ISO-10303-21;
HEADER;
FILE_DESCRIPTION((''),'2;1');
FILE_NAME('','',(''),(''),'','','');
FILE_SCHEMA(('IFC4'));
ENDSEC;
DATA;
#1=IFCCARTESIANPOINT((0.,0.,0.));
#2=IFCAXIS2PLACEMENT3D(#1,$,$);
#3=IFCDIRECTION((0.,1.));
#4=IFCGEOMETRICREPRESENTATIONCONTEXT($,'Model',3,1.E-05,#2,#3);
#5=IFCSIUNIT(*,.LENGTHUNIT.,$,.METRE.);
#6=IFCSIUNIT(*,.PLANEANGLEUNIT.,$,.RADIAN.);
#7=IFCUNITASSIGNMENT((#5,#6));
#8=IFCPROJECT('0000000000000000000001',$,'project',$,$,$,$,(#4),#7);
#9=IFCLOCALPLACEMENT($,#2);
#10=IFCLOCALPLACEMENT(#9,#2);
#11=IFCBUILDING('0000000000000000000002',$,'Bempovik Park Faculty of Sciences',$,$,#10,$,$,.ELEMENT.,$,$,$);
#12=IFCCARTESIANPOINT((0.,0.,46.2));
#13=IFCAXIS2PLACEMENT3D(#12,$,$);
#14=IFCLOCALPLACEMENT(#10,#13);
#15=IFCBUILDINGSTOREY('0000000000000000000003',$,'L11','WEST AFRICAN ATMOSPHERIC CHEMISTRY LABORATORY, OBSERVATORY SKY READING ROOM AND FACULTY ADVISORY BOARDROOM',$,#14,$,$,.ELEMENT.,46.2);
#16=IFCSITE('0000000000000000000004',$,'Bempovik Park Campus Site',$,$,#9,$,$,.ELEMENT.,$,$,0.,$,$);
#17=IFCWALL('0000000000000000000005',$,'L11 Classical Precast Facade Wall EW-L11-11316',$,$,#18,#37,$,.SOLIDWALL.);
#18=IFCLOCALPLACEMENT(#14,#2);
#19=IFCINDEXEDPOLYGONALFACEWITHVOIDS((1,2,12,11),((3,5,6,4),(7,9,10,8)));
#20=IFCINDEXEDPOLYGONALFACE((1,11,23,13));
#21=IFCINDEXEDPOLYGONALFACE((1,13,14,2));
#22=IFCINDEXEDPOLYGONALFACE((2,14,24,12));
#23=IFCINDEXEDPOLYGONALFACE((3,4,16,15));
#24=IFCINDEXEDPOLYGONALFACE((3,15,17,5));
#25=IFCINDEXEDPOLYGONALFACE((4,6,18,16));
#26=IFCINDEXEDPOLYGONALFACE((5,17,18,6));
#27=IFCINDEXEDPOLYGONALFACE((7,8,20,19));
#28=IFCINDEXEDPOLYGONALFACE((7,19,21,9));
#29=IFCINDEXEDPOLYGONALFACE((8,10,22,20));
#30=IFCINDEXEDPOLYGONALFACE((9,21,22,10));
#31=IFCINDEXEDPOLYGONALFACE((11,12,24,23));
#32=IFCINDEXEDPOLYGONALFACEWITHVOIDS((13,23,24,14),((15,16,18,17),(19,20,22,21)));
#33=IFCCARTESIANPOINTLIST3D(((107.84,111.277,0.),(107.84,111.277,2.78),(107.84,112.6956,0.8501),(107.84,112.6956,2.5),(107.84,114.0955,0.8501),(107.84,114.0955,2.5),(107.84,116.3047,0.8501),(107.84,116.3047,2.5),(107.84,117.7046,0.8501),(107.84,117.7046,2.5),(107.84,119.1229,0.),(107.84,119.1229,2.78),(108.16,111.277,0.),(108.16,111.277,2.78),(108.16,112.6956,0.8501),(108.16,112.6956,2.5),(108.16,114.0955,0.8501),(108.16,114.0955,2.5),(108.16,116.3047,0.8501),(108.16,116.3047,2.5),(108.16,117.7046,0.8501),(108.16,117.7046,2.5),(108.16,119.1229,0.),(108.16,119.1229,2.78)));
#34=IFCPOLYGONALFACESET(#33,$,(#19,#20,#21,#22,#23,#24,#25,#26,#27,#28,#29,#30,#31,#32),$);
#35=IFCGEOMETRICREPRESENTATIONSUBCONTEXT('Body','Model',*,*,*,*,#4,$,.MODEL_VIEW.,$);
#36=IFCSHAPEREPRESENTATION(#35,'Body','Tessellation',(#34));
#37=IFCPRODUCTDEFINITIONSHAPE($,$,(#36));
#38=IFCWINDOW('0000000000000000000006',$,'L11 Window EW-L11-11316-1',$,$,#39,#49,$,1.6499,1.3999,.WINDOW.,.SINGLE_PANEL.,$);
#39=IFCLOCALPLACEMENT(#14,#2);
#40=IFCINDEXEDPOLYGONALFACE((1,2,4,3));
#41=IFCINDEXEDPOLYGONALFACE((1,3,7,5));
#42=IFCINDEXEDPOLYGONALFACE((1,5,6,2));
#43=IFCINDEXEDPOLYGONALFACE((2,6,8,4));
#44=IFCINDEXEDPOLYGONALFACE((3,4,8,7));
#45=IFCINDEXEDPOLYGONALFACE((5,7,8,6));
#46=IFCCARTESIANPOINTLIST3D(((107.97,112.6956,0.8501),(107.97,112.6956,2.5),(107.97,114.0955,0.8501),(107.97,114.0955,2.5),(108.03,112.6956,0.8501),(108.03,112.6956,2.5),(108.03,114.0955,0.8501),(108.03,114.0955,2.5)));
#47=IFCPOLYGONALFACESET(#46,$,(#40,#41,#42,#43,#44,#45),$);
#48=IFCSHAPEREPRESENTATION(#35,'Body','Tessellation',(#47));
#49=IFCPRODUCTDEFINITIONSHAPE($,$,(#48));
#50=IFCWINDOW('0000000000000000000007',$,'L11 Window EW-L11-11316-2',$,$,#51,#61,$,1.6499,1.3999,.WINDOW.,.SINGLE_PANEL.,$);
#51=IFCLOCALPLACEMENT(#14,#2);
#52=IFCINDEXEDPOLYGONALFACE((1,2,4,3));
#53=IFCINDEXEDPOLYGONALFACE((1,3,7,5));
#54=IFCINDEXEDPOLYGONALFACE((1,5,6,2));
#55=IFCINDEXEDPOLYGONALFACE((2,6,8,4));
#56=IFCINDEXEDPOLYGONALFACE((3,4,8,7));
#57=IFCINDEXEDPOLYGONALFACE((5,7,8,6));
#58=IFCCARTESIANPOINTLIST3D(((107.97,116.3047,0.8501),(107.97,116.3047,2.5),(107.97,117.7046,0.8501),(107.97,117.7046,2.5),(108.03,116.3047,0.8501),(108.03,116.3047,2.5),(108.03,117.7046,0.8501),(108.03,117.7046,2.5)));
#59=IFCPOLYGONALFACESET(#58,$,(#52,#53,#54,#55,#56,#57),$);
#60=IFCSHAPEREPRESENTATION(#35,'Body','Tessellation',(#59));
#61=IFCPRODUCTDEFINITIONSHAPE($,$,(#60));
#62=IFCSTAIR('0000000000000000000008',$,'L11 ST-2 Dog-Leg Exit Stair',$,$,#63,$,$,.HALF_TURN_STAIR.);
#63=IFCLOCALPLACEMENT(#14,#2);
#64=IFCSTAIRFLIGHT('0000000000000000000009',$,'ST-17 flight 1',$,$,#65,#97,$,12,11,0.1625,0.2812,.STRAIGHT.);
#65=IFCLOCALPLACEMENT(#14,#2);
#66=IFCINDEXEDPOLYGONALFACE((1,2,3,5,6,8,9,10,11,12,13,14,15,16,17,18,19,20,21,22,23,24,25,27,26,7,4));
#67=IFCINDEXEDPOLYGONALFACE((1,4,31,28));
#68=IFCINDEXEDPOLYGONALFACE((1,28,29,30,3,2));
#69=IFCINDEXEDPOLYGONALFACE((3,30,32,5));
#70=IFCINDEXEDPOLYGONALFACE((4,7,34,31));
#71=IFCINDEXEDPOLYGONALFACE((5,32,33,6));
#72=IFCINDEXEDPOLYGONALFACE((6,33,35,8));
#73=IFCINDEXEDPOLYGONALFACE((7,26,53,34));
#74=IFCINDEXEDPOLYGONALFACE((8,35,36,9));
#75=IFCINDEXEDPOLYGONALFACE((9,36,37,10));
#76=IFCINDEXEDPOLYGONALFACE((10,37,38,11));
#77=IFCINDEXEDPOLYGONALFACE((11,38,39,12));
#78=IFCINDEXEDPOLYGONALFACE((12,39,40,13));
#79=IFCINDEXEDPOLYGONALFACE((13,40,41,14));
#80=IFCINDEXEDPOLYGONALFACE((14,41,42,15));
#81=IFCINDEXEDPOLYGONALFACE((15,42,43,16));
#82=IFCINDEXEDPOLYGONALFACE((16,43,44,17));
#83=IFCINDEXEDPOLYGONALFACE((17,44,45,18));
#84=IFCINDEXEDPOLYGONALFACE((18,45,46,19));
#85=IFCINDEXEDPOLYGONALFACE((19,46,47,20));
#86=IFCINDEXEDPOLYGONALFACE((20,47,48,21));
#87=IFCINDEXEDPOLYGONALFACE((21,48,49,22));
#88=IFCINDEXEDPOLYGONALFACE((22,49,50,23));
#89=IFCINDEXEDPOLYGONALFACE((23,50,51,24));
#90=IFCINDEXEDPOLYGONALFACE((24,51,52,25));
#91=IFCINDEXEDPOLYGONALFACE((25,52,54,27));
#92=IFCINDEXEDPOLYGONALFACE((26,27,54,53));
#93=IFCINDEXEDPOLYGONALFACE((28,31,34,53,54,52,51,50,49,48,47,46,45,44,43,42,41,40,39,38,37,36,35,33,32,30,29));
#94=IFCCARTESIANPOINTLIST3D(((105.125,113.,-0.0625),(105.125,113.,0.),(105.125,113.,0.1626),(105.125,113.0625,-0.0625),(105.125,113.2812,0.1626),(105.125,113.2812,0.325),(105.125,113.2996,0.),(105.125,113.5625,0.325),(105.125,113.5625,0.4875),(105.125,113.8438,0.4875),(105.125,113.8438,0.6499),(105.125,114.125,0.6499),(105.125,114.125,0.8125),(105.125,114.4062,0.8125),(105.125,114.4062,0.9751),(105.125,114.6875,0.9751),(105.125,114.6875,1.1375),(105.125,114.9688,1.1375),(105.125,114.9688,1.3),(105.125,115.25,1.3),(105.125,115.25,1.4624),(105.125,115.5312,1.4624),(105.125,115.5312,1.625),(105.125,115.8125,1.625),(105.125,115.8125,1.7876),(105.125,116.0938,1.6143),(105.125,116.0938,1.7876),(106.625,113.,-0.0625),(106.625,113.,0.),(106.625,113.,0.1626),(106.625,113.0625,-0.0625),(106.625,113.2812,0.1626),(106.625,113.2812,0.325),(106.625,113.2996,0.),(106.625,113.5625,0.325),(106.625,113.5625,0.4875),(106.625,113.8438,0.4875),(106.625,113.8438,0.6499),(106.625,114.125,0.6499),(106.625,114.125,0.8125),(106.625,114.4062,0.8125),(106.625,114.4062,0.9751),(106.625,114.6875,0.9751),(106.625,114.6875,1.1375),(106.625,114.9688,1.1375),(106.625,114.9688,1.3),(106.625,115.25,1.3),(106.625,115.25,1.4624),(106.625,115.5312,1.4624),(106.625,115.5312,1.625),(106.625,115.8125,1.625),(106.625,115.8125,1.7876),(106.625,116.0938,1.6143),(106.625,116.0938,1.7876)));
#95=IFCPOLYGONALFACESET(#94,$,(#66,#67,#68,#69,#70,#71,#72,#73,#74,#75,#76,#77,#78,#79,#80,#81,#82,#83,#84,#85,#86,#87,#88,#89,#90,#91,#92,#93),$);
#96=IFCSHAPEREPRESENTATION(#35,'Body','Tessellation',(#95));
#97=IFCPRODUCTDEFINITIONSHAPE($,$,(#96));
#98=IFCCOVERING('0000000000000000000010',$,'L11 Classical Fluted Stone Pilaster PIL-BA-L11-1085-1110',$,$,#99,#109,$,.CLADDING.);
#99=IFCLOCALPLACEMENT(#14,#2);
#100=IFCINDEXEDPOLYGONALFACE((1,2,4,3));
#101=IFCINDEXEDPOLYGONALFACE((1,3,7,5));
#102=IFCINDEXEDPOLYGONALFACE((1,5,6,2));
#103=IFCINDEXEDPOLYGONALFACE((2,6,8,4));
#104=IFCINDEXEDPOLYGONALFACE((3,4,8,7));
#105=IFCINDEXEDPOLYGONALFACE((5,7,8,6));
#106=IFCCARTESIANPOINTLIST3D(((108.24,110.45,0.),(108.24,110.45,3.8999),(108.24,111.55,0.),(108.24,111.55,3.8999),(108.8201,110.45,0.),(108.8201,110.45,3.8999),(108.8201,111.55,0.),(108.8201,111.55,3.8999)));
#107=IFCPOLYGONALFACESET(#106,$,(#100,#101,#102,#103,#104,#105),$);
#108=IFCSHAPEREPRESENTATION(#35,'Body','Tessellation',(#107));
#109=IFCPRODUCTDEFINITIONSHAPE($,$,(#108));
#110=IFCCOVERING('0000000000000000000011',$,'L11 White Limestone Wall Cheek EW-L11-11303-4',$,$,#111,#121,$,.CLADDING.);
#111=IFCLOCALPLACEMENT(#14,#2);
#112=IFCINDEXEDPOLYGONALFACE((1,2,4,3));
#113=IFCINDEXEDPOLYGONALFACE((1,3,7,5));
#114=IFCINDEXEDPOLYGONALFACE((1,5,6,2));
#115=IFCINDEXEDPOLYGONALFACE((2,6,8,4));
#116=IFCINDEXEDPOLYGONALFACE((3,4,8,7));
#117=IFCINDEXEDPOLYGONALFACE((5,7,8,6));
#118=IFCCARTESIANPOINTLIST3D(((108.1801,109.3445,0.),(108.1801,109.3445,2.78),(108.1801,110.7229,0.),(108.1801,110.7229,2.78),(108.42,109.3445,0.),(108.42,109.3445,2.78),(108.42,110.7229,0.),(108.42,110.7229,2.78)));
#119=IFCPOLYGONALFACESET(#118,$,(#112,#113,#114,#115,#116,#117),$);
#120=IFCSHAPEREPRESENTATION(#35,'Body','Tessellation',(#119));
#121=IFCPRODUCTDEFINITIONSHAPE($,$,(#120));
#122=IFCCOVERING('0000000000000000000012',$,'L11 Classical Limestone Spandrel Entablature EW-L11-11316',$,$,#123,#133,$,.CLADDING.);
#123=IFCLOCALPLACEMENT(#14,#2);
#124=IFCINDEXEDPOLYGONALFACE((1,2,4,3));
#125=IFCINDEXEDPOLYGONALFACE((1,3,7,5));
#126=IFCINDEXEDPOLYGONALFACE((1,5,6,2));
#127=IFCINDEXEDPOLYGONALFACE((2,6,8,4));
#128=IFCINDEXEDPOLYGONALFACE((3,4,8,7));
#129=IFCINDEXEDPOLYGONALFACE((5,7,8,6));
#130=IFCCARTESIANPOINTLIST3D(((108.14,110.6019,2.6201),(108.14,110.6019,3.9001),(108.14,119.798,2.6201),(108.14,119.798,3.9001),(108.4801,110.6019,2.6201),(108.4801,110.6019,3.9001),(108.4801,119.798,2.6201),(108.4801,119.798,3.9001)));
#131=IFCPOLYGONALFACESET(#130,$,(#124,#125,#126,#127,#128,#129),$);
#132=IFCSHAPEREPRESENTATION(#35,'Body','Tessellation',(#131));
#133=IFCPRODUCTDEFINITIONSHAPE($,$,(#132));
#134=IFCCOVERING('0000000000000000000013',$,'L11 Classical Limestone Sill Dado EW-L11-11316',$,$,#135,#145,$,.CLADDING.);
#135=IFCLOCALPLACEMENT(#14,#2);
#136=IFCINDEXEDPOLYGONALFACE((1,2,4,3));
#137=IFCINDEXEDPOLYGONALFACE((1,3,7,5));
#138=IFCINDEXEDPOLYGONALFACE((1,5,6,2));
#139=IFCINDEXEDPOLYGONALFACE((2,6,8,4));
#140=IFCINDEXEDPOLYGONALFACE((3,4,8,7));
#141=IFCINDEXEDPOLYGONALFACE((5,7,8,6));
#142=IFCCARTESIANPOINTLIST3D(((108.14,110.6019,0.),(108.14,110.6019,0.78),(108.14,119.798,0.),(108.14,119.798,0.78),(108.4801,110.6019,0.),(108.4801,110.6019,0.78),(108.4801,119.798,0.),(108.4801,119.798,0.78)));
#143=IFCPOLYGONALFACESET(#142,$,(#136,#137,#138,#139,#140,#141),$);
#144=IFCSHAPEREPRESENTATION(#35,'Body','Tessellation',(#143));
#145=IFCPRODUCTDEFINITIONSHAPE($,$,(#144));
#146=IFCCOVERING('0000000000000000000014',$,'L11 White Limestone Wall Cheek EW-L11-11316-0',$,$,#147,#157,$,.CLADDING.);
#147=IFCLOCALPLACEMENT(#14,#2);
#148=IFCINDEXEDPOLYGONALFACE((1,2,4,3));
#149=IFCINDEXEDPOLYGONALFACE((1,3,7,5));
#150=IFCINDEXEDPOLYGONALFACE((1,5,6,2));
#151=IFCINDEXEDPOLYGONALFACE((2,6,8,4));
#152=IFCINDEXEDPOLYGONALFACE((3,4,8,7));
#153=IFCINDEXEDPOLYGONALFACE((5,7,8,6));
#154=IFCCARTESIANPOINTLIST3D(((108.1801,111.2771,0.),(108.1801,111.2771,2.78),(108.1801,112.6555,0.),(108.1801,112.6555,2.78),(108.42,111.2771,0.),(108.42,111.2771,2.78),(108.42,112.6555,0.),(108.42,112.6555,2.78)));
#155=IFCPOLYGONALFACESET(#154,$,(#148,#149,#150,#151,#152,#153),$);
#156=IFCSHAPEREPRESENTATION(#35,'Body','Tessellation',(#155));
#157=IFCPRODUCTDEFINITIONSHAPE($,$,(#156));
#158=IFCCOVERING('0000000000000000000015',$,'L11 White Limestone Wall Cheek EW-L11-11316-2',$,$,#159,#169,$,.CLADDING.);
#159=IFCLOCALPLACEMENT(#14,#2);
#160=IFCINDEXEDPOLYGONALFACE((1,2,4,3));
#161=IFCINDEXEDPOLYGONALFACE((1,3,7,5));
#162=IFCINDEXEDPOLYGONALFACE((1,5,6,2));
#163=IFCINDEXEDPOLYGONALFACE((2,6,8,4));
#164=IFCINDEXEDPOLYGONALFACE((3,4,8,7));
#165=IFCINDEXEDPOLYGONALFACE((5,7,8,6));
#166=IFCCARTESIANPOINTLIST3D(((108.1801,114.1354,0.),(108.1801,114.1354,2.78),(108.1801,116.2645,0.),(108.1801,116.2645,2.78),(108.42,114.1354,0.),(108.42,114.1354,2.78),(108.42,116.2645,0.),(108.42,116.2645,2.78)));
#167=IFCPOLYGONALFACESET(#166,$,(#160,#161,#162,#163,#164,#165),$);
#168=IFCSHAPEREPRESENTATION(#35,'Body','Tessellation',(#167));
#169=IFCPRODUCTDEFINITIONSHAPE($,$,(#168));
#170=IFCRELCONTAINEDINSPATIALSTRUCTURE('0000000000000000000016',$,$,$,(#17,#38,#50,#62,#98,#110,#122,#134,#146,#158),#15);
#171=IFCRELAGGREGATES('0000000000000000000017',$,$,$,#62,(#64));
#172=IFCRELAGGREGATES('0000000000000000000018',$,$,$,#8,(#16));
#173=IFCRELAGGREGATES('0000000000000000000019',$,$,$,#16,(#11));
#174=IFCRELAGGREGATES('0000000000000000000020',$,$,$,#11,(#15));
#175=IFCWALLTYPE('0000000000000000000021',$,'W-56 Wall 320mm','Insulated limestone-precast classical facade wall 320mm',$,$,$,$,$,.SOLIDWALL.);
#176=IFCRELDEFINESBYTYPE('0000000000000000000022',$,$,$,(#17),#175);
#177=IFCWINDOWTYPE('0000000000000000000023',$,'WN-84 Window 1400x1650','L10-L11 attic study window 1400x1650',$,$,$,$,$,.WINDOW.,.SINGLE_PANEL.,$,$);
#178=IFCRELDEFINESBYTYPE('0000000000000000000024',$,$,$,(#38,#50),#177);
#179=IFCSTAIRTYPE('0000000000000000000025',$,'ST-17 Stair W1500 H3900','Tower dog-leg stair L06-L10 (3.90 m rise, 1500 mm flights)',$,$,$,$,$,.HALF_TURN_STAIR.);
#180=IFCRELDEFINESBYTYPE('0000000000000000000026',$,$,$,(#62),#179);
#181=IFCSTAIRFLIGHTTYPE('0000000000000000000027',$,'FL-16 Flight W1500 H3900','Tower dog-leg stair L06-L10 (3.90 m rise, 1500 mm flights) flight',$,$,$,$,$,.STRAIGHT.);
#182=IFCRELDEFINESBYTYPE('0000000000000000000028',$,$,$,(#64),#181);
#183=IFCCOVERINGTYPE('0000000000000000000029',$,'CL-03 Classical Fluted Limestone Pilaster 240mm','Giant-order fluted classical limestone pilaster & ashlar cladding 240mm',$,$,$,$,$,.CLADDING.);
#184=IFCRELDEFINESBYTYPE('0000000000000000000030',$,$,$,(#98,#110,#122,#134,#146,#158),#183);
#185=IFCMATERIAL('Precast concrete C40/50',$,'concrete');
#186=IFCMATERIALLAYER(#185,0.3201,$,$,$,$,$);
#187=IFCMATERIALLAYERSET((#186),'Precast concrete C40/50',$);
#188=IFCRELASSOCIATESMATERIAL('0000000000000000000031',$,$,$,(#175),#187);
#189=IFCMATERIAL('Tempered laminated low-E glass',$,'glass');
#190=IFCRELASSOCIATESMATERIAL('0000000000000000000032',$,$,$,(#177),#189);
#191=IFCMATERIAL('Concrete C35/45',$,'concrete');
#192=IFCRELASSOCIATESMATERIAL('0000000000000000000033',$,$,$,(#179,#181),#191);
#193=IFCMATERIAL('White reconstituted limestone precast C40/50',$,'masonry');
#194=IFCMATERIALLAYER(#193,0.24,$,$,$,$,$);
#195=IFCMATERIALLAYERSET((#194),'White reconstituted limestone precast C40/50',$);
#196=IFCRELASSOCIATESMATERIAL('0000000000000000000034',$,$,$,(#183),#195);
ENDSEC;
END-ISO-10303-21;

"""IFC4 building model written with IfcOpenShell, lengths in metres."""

from ifc_helpers import new_model, si_unit, direction, frame, frame_2d, origin, origin_2d, place, context, subcontext, project, spatial, polyline, rectangle, outline, extrude, material, layer, layer_set, type_object, element, fill, aggregate, save


model = new_model("IFC4")

# Units and contexts
model_context = context("Model", 3, precision=1e-05, world=origin(), true_north=direction((0.0, 1.0)))
body_context = subcontext(model_context, "Body", "Model", "MODEL_VIEW")
ifc_project = project(units=[si_unit("LENGTHUNIT", "METRE"), si_unit("PLANEANGLEUNIT", "RADIAN")], contexts=[model_context])

# Site, building, storey
site_placement = place(None, origin())
site = spatial("IfcSite", under=ifc_project, at=site_placement, Name="Bempovik Park Campus Site", CompositionType="ELEMENT", RefElevation=0.0)
building_placement = place(site_placement, origin())
building = spatial("IfcBuilding", under=site, at=building_placement, Name="Bempovik Park Faculty of Sciences", CompositionType="ELEMENT")
storey_placement = place(building_placement, frame((0.0, 0.0, 46.2)))
storey = spatial("IfcBuildingStorey", under=building, at=storey_placement, Name="L11", Description="WEST AFRICAN ATMOSPHERIC CHEMISTRY LABORATORY, OBSERVATORY SKY READING ROOM AND FACULTY ADVISORY BOARDROOM", CompositionType="ELEMENT", Elevation=46.2)

# Shared definitions
ifc_material_1 = material(Name="Concrete C35/45", Category="concrete")

# Wall, openings, windows
ifc_material_2 = material(Name="Precast concrete C40/50", Category="concrete")
ifc_layer_1 = layer(ifc_material_2, 0.3201)
ifc_layer_set_1 = layer_set([ifc_layer_1], Name="Precast concrete C40/50")
wall_type_1 = type_object("IfcWallType", Name="W-56 Wall 320mm", Description="Insulated limestone-precast classical facade wall 320mm", PredefinedType="SOLIDWALL", material=ifc_layer_set_1)
wall_1_placement = place(storey_placement, frame((108.0, 111.2771, 0.0), z_axis=(0.0, 0.0, 1.0), x_axis=(0.0, 1.0, 0.0)))
wall_1 = element("IfcWall", 1, at=wall_1_placement, inside=storey, type_object=wall_type_1, Name="L11 Classical Precast Facade Wall EW-L11-11316", PredefinedType="SOLIDWALL", context=body_context, shape_type="SweptSolid", body=[
    extrude(rectangle(XDim=7.8459, YDim=0.3201, at=frame_2d((3.9229, 0.0))), origin(), (0.0, 0.0, 1.0), 2.78),
])
opening_1_placement = place(wall_1_placement, frame((1.4185, 0.0, 0.8501)))
opening_1 = element("IfcOpeningElement", 2, at=opening_1_placement, cuts=wall_1, PredefinedType="OPENING", context=body_context, shape_type="SweptSolid", body=[
    extrude(rectangle(XDim=1.3999, YDim=1.6499, at=frame_2d((0.7, 0.825))), frame((0.0, 0.1699, 0.0), z_axis=(0.0, -1.0, 0.0), x_axis=(1.0, 0.0, 0.0)), (0.0, 0.0, 1.0), 0.3401),
])
opening_2_placement = place(wall_1_placement, frame((5.0276, 0.0, 0.8501)))
opening_2 = element("IfcOpeningElement", 3, at=opening_2_placement, cuts=wall_1, PredefinedType="OPENING", context=body_context, shape_type="SweptSolid", body=[
    extrude(rectangle(XDim=1.3999, YDim=1.6499, at=frame_2d((0.7, 0.825))), frame((0.0, 0.1699, 0.0), z_axis=(0.0, -1.0, 0.0), x_axis=(1.0, 0.0, 0.0)), (0.0, 0.0, 1.0), 0.3401),
])
ifc_material_3 = material(Name="Tempered laminated low-E glass", Category="glass")
window_type = type_object("IfcWindowType", Name="WN-84 Window 1400x1650", Description="L10-L11 attic study window 1400x1650", PartitioningType="SINGLE_PANEL", PredefinedType="WINDOW", material=ifc_material_3)
window_1_placement = place(opening_1_placement, origin())
window_1 = element("IfcWindow", 4, at=window_1_placement, inside=storey, type_object=window_type, Name="L11 Window EW-L11-11316-1", OverallHeight=1.6499, OverallWidth=1.3999, PartitioningType="SINGLE_PANEL", PredefinedType="WINDOW", context=body_context, shape_type="SweptSolid", body=[
    extrude(rectangle(XDim=1.3999, YDim=1.6499, at=frame_2d((0.7, 0.825))), frame((0.0, 0.03, 0.0), z_axis=(0.0, -1.0, 0.0), x_axis=(1.0, 0.0, 0.0)), (0.0, 0.0, 1.0), 0.0601),
])
fill(opening_1, window_1)
window_2_placement = place(opening_2_placement, origin())
window_2 = element("IfcWindow", 5, at=window_2_placement, inside=storey, type_object=window_type, Name="L11 Window EW-L11-11316-2", OverallHeight=1.6499, OverallWidth=1.3999, PartitioningType="SINGLE_PANEL", PredefinedType="WINDOW", context=body_context, shape_type="SweptSolid", body=[
    extrude(rectangle(XDim=1.3999, YDim=1.6499, at=frame_2d((0.7, 0.825))), frame((0.0, 0.03, 0.0), z_axis=(0.0, -1.0, 0.0), x_axis=(1.0, 0.0, 0.0)), (0.0, 0.0, 1.0), 0.0601),
])
fill(opening_2, window_2)

# Stair, stair flight
stair_type = type_object("IfcStairType", Name="ST-17 Stair W1500 H3900", Description="Tower dog-leg stair L06-L10 (3.90 m rise, 1500 mm flights)", PredefinedType="HALF_TURN_STAIR", material=ifc_material_1)
stair_placement = place(storey_placement, origin())
stair = element("IfcStair", 6, at=stair_placement, inside=storey, type_object=stair_type, Name="L11 ST-2 Dog-Leg Exit Stair", PredefinedType="HALF_TURN_STAIR")
stair_flight_type = type_object("IfcStairFlightType", Name="FL-16 Flight W1500 H3900", Description="Tower dog-leg stair L06-L10 (3.90 m rise, 1500 mm flights) flight", PredefinedType="STRAIGHT", material=ifc_material_1)
stair_flight_placement = place(storey_placement, frame((105.875, 113.0, 0.0), z_axis=(0.0, 0.0, 1.0), x_axis=(0.0, 1.0, 0.0)))
stair_flight = element("IfcStairFlight", 7, at=stair_flight_placement, type_object=stair_flight_type, Name="ST-17 flight 1", NumberOfRisers=12, NumberOfTreads=11, PredefinedType="STRAIGHT", RiserHeight=0.1625, TreadLength=0.2812, context=body_context, shape_type="SweptSolid", body=[
    extrude(outline(polyline([(0.0, 0.0), (0.0, 0.1626), (0.2812, 0.1626), (0.2812, 0.325), (0.5625, 0.325), (0.5625, 0.4875), (0.8438, 0.4875), (0.8438, 0.6499), (1.125, 0.6499), (1.125, 0.8125), (1.4062, 0.8125), (1.4062, 0.9751), (1.6875, 0.9751), (1.6875, 1.1375), (1.9688, 1.1375), (1.9688, 1.3), (2.25, 1.3), (2.25, 1.4624), (2.5312, 1.4624), (2.5312, 1.625), (2.8125, 1.625), (2.8125, 1.7876), (3.0938, 1.7876), (3.0938, 1.95), (3.0938, 1.6143), (0.2996, 0.0), (0.0625, -0.0625), (0.0, -0.0625), (0.0, 0.0)])), frame((0.0, 0.75, 0.0), z_axis=(0.0, -1.0, 0.0), x_axis=(1.0, 0.0, 0.0)), (0.0, 0.0, 1.0), 1.5),
])
aggregate(stair, [stair_flight])

# Coverings
ifc_material_4 = material(Name="White reconstituted limestone precast C40/50", Category="masonry")
ifc_layer_2 = layer(ifc_material_4, 0.24)
ifc_layer_set_2 = layer_set([ifc_layer_2], Name="White reconstituted limestone precast C40/50")
covering_type = type_object("IfcCoveringType", Name="CL-03 Classical Fluted Limestone Pilaster 240mm", Description="Giant-order fluted classical limestone pilaster & ashlar cladding 240mm", PredefinedType="CLADDING", material=ifc_layer_set_2)
covering_1_placement = place(storey_placement, frame((108.53, 111.0, 0.0), z_axis=(0.0, 0.0, 1.0), x_axis=(1.0, 0.0, 0.0)))
element("IfcCovering", 8, at=covering_1_placement, inside=storey, type_object=covering_type, Name="L11 Classical Fluted Stone Pilaster PIL-BA-L11-1085-1110", PredefinedType="CLADDING", context=body_context, shape_type="SweptSolid", body=[
    extrude(rectangle(XDim=0.5801, YDim=1.1001, at=origin_2d()), origin(), (0.0, 0.0, 1.0), 3.8999),
])
covering_2_placement = place(storey_placement, frame((108.3, 110.0337, 0.0), z_axis=(0.0, 0.0, 1.0), x_axis=(1.0, 0.0, 0.0)))
element("IfcCovering", 9, at=covering_2_placement, inside=storey, type_object=covering_type, Name="L11 White Limestone Wall Cheek EW-L11-11303-4", PredefinedType="CLADDING", context=body_context, shape_type="SweptSolid", body=[
    extrude(rectangle(XDim=0.24, YDim=1.3784, at=origin_2d()), origin(), (0.0, 0.0, 1.0), 2.78),
])
covering_3_placement = place(storey_placement, frame((108.3101, 115.2, 2.6201), z_axis=(0.0, 0.0, 1.0), x_axis=(1.0, 0.0, 0.0)))
element("IfcCovering", 10, at=covering_3_placement, inside=storey, type_object=covering_type, Name="L11 Classical Limestone Spandrel Entablature EW-L11-11316", PredefinedType="CLADDING", context=body_context, shape_type="SweptSolid", body=[
    extrude(rectangle(XDim=0.3401, YDim=9.196, at=origin_2d()), origin(), (0.0, 0.0, 1.0), 1.28),
])
covering_4_placement = place(storey_placement, frame((108.3101, 115.2, 0.0), z_axis=(0.0, 0.0, 1.0), x_axis=(1.0, 0.0, 0.0)))
element("IfcCovering", 11, at=covering_4_placement, inside=storey, type_object=covering_type, Name="L11 Classical Limestone Sill Dado EW-L11-11316", PredefinedType="CLADDING", context=body_context, shape_type="SweptSolid", body=[
    extrude(rectangle(XDim=0.3401, YDim=9.196, at=origin_2d()), origin(), (0.0, 0.0, 1.0), 0.78),
])
covering_5_placement = place(storey_placement, frame((108.3, 111.9663, 0.0), z_axis=(0.0, 0.0, 1.0), x_axis=(1.0, 0.0, 0.0)))
element("IfcCovering", 12, at=covering_5_placement, inside=storey, type_object=covering_type, Name="L11 White Limestone Wall Cheek EW-L11-11316-0", PredefinedType="CLADDING", context=body_context, shape_type="SweptSolid", body=[
    extrude(rectangle(XDim=0.24, YDim=1.3784, at=origin_2d()), origin(), (0.0, 0.0, 1.0), 2.78),
])
covering_6_placement = place(storey_placement, frame((108.3, 115.2, 0.0), z_axis=(0.0, 0.0, 1.0), x_axis=(1.0, 0.0, 0.0)))
element("IfcCovering", 13, at=covering_6_placement, inside=storey, type_object=covering_type, Name="L11 White Limestone Wall Cheek EW-L11-11316-2", PredefinedType="CLADDING", context=body_context, shape_type="SweptSolid", body=[
    extrude(rectangle(XDim=0.24, YDim=2.1292, at=origin_2d()), origin(), (0.0, 0.0, 1.0), 2.78),
])

save(model, "model.ifc")
